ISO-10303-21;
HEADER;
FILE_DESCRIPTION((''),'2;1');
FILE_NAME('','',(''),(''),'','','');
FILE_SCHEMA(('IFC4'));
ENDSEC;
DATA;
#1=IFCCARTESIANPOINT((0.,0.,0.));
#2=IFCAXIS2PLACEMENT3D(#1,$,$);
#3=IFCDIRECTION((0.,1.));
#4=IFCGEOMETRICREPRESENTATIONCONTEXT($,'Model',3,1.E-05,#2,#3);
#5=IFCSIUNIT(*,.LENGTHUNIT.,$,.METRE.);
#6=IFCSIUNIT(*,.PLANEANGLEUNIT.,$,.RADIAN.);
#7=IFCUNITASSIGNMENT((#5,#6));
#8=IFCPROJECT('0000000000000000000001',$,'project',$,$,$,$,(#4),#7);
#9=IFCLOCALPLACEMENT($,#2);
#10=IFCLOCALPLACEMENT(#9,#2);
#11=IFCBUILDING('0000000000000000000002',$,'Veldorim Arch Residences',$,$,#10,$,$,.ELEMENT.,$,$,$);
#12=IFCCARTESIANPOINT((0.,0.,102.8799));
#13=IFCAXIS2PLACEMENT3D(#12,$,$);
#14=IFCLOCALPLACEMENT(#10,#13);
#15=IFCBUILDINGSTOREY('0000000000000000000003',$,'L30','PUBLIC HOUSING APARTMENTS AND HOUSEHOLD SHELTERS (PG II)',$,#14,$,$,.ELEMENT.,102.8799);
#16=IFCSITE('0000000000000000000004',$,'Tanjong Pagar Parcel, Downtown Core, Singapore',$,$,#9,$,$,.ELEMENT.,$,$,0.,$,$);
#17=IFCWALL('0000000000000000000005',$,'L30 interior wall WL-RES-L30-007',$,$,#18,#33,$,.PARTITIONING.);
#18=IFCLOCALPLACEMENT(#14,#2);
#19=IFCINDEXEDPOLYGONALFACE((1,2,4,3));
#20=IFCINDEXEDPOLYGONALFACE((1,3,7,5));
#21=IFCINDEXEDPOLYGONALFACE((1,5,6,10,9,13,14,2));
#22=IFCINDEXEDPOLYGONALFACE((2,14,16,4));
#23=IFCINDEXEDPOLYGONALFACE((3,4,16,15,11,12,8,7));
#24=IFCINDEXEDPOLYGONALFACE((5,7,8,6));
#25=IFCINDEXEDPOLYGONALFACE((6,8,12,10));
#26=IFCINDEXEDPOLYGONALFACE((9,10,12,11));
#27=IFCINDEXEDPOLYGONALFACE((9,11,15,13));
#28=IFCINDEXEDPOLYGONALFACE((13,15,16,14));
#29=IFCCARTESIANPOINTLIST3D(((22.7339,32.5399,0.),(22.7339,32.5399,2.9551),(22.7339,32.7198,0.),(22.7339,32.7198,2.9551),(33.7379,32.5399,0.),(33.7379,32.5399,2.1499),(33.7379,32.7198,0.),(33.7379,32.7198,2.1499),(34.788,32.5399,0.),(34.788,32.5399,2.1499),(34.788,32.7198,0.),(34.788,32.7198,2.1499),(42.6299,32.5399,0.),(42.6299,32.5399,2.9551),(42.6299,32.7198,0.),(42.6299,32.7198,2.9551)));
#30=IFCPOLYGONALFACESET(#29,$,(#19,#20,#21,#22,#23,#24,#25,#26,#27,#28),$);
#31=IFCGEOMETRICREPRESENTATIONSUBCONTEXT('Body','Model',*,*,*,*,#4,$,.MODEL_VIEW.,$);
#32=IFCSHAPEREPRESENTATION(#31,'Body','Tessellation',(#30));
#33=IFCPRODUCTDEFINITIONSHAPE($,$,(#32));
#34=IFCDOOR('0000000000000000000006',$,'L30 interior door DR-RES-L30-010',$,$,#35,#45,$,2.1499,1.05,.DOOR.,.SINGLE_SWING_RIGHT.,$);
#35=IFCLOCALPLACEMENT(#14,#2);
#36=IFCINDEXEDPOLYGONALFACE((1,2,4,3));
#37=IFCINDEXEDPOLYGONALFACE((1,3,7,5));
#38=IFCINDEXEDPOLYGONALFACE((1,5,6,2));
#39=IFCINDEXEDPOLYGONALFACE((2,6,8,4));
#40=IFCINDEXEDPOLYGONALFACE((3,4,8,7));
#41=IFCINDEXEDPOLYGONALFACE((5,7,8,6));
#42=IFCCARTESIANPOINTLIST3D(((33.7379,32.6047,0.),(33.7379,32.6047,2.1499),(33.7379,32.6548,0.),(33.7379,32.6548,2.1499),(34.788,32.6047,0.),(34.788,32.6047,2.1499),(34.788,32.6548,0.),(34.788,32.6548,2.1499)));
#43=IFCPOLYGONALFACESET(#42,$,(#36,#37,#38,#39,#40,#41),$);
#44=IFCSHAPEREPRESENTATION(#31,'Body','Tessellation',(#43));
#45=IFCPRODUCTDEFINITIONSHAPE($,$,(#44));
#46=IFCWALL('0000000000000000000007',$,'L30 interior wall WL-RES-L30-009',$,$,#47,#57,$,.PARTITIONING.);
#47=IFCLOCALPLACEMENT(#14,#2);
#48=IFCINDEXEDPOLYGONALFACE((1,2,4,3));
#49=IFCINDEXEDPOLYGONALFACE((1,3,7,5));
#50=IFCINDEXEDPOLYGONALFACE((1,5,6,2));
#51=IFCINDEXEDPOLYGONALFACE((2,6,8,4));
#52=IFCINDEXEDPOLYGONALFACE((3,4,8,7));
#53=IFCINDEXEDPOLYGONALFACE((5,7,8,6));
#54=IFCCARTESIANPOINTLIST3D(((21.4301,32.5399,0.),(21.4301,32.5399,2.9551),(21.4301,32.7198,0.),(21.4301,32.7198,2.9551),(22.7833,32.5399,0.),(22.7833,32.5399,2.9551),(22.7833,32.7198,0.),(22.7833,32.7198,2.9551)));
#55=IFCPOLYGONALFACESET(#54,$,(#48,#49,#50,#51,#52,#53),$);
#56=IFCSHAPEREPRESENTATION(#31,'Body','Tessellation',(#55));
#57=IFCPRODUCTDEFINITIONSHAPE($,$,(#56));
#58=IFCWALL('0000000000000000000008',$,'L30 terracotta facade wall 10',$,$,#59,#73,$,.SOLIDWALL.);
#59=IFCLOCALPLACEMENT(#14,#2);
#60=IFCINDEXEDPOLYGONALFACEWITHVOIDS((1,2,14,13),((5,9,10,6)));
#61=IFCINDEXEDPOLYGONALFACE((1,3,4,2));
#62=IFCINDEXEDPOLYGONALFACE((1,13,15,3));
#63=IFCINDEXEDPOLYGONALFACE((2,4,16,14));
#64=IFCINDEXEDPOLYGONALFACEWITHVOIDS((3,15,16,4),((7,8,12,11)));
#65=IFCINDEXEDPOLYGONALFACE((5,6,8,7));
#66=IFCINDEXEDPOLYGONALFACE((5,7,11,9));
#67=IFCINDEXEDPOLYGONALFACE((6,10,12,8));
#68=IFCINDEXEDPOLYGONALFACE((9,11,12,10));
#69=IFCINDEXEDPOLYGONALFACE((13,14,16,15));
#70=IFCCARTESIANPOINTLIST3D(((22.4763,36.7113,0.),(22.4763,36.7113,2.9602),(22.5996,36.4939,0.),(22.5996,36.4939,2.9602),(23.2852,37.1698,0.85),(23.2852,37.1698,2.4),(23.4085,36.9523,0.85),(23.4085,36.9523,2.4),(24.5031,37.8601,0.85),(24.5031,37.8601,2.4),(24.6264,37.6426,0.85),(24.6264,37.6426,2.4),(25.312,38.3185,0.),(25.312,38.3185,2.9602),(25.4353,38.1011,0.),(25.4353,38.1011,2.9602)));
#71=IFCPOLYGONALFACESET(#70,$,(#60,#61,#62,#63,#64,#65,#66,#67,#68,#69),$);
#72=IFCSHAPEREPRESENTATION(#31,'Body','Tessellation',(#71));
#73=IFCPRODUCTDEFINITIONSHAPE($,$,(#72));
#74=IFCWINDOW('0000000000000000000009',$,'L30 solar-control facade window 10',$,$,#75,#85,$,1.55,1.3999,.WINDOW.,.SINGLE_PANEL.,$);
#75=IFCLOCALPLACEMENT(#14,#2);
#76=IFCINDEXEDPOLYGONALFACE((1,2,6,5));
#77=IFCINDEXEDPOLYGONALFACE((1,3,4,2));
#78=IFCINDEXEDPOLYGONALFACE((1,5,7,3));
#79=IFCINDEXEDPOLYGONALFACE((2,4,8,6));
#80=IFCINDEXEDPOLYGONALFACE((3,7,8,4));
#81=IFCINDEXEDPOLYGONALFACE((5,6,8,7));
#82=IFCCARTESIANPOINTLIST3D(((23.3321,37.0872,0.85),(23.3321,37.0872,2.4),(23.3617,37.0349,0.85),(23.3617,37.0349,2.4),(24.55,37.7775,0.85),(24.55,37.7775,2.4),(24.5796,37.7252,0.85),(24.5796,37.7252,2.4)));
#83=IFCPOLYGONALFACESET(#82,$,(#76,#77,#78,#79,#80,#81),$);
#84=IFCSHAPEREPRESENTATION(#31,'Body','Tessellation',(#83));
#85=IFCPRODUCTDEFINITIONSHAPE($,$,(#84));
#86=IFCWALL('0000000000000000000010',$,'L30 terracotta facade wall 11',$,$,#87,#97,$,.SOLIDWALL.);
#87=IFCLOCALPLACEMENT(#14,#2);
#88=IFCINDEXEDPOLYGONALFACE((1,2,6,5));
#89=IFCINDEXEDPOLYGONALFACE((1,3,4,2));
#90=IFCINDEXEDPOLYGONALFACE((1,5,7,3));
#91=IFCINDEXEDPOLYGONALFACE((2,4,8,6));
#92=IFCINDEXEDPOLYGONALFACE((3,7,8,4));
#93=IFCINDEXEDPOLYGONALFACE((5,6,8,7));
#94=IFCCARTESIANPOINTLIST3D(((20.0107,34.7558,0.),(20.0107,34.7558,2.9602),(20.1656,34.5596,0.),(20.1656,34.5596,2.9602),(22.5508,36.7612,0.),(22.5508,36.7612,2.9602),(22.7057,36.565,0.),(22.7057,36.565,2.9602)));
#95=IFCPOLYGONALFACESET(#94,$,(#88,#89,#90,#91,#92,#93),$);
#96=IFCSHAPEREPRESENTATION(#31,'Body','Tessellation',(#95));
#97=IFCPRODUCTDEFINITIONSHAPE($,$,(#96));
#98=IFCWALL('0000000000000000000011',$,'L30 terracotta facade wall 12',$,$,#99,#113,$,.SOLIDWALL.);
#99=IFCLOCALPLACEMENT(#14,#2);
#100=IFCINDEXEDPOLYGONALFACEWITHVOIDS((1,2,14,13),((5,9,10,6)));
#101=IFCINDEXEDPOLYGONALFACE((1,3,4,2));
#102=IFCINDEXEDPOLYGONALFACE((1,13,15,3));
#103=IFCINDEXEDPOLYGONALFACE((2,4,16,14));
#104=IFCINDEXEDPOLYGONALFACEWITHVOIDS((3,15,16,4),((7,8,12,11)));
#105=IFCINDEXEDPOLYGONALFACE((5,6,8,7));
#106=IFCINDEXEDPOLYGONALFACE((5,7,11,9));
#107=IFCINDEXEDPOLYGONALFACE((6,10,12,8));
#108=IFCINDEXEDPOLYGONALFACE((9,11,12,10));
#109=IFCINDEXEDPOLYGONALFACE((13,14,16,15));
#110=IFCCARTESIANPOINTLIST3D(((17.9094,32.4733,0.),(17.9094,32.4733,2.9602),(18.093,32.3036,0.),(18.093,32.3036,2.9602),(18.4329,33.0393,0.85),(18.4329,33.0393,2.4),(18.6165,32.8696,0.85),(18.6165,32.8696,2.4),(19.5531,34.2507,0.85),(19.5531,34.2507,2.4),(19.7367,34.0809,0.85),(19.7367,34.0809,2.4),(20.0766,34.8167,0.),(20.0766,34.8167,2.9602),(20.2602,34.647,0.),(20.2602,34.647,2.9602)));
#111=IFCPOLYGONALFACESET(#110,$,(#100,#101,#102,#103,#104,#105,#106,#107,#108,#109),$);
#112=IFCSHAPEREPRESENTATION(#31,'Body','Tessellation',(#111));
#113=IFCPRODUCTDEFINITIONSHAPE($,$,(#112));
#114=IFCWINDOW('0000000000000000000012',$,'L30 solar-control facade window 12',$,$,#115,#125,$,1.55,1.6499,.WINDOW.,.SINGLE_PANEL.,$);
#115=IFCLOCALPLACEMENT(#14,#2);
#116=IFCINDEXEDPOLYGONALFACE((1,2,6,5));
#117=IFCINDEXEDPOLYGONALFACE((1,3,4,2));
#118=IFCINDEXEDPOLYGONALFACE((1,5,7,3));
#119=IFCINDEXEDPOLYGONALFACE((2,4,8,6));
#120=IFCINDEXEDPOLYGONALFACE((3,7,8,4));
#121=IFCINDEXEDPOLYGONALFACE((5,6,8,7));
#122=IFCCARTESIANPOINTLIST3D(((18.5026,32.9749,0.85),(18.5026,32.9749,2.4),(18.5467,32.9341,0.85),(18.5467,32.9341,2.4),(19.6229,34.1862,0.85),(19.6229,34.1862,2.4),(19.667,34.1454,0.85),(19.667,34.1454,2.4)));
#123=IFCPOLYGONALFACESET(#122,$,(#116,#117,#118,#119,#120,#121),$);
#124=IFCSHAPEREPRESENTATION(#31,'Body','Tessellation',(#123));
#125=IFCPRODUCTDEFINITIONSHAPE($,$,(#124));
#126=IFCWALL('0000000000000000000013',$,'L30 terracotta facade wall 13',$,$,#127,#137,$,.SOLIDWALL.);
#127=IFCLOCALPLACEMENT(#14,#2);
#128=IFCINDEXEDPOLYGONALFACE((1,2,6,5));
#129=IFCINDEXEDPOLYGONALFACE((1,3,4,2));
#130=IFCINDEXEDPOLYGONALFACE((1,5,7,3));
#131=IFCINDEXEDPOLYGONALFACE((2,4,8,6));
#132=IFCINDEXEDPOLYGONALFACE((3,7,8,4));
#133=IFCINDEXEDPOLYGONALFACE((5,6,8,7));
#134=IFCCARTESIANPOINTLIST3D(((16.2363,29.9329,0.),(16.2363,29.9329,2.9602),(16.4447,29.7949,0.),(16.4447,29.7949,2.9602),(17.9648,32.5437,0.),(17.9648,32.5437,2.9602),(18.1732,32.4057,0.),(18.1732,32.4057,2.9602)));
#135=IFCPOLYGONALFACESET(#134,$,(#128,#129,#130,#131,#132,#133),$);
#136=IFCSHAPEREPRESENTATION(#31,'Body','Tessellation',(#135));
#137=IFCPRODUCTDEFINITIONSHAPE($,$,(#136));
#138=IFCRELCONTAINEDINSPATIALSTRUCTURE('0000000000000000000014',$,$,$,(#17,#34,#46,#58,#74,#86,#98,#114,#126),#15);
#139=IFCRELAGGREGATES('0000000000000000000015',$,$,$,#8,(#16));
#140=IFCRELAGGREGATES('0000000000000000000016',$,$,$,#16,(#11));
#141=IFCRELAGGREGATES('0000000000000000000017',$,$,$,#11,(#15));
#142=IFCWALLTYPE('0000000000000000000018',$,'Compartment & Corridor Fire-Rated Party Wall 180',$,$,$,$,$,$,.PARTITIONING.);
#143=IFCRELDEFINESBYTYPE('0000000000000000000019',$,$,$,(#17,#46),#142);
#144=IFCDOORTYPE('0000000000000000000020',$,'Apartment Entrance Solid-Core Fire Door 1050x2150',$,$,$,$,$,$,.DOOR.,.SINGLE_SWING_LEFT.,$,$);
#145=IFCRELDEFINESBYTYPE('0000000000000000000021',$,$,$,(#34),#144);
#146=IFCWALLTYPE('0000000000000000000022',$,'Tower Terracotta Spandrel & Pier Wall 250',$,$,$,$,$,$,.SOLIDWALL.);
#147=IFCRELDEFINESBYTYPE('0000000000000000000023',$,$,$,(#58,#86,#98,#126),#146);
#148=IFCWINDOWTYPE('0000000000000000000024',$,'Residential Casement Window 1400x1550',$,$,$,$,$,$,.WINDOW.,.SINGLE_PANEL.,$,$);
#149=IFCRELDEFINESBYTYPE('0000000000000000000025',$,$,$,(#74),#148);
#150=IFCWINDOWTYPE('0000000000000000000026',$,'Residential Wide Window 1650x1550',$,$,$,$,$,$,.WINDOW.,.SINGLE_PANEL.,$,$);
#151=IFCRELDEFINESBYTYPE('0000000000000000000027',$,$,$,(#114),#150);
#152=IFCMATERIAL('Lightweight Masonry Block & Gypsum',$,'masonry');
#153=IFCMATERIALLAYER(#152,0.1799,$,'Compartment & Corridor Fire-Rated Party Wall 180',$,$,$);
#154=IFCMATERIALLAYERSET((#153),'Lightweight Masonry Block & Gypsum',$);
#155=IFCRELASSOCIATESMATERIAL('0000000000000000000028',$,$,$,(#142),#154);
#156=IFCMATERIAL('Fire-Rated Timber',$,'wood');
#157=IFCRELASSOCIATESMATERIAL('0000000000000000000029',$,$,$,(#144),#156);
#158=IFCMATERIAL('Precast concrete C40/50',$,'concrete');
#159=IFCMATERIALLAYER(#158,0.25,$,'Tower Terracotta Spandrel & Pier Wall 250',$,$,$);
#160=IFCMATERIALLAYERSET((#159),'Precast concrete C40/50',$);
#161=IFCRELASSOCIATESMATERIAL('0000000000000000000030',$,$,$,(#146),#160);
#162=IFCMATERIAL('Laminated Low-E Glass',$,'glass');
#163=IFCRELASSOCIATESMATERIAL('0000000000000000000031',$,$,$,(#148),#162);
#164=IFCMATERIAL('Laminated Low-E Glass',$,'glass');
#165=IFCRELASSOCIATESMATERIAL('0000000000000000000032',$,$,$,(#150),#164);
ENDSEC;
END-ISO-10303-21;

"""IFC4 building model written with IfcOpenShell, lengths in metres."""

from ifc_helpers import new_model, si_unit, direction, frame, frame_2d, origin, place, context, subcontext, project, spatial, rectangle, extrude, material, layer, layer_set, type_object, element, fill, save


model = new_model("IFC4")

# Units and contexts
model_context = context("Model", 3, precision=1e-05, world=origin(), true_north=direction((0.0, 1.0)))
body_context = subcontext(model_context, "Body", "Model", "MODEL_VIEW")
ifc_project = project(units=[si_unit("LENGTHUNIT", "METRE"), si_unit("PLANEANGLEUNIT", "RADIAN")], contexts=[model_context])

# Site, building, storey
site_placement = place(None, origin())
site = spatial("IfcSite", under=ifc_project, at=site_placement, Name="Tanjong Pagar Parcel, Downtown Core, Singapore", CompositionType="ELEMENT", RefElevation=0.0)
building_placement = place(site_placement, origin())
building = spatial("IfcBuilding", under=site, at=building_placement, Name="Veldorim Arch Residences", CompositionType="ELEMENT")
storey_placement = place(building_placement, frame((0.0, 0.0, 102.8799)))
storey = spatial("IfcBuildingStorey", under=building, at=storey_placement, Name="L30", Description="PUBLIC HOUSING APARTMENTS AND HOUSEHOLD SHELTERS (PG II)", CompositionType="ELEMENT", Elevation=102.8799)

# Shared definitions
ifc_material_1 = material(Name="Lightweight Masonry Block & Gypsum", Category="masonry")
ifc_layer_1 = layer(ifc_material_1, 0.1799, Name="Compartment & Corridor Fire-Rated Party Wall 180")
ifc_layer_set_1 = layer_set([ifc_layer_1], Name="Lightweight Masonry Block & Gypsum")
wall_type_1 = type_object("IfcWallType", Name="Compartment & Corridor Fire-Rated Party Wall 180", PredefinedType="PARTITIONING", material=ifc_layer_set_1)

# Wall, opening, door
wall_1_placement = place(storey_placement, frame((22.7339, 32.6299, 0.0), z_axis=(0.0, 0.0, 1.0), x_axis=(1.0, 0.0, 0.0)))
wall_1 = element("IfcWall", 1, at=wall_1_placement, inside=storey, type_object=wall_type_1, Name="L30 interior wall WL-RES-L30-007", PredefinedType="PARTITIONING", context=body_context, shape_type="SweptSolid", body=[
    extrude(rectangle(XDim=19.896, YDim=0.1799, at=frame_2d((9.948, 0.0))), origin(), (0.0, 0.0, 1.0), 2.9551),
])
opening_1_placement = place(wall_1_placement, frame((11.0042, 0.0, 0.0)))
opening_1 = element("IfcOpeningElement", 2, at=opening_1_placement, cuts=wall_1, PredefinedType="OPENING", context=body_context, shape_type="SweptSolid", body=[
    extrude(rectangle(XDim=1.05, YDim=2.1499, at=frame_2d((0.5249, 1.075))), frame((0.0, 0.0999, 0.0), z_axis=(0.0, -1.0, 0.0), x_axis=(1.0, 0.0, 0.0)), (0.0, 0.0, 1.0), 0.2),
])
ifc_material_2 = material(Name="Fire-Rated Timber", Category="wood")
door_type_1 = type_object("IfcDoorType", Name="Apartment Entrance Solid-Core Fire Door 1050x2150", OperationType="SINGLE_SWING_LEFT", PredefinedType="DOOR", material=ifc_material_2)
door_1_placement = place(opening_1_placement, origin())
door_1 = element("IfcDoor", 3, at=door_1_placement, inside=storey, type_object=door_type_1, Name="L30 interior door DR-RES-L30-010", OperationType="SINGLE_SWING_RIGHT", OverallHeight=2.1499, OverallWidth=1.05, PredefinedType="DOOR", context=body_context, shape_type="SweptSolid", body=[
    extrude(rectangle(XDim=1.05, YDim=2.1499, at=frame_2d((0.5249, 1.075))), frame((0.0, 0.0249, 0.0), z_axis=(0.0, -1.0, 0.0), x_axis=(1.0, 0.0, 0.0)), (0.0, 0.0, 1.0), 0.05),
])
fill(opening_1, door_1)

# Wall
wall_2_placement = place(storey_placement, frame((21.4299, 32.6299, 0.0), z_axis=(0.0, 0.0, 1.0), x_axis=(1.0, 0.0, 0.0)))
element("IfcWall", 4, at=wall_2_placement, inside=storey, type_object=wall_type_1, Name="L30 interior wall WL-RES-L30-009", PredefinedType="PARTITIONING", context=body_context, shape_type="SweptSolid", body=[
    extrude(rectangle(XDim=1.3533, YDim=0.1799, at=frame_2d((0.6768, 0.0))), origin(), (0.0, 0.0, 1.0), 2.9551),
])

# Wall, opening, window
ifc_material_3 = material(Name="Precast concrete C40/50", Category="concrete")
ifc_layer_2 = layer(ifc_material_3, 0.25, Name="Tower Terracotta Spandrel & Pier Wall 250")
ifc_layer_set_2 = layer_set([ifc_layer_2], Name="Precast concrete C40/50")
wall_type_2 = type_object("IfcWallType", Name="Tower Terracotta Spandrel & Pier Wall 250", PredefinedType="SOLIDWALL", material=ifc_layer_set_2)
wall_3_placement = place(storey_placement, frame((22.5378, 36.6025, 0.0), z_axis=(0.0, 0.0, 1.0), x_axis=(0.869985, 0.493079, 0.0)))
wall_3 = element("IfcWall", 5, at=wall_3_placement, inside=storey, type_object=wall_type_2, Name="L30 terracotta facade wall 10", PredefinedType="SOLIDWALL", context=body_context, shape_type="SweptSolid", body=[
    extrude(rectangle(XDim=3.2595, YDim=0.25, at=frame_2d((1.6299, 0.0))), origin(), (0.0, 0.0, 1.0), 2.9602),
])
opening_2_placement = place(wall_3_placement, frame((0.9299, 0.0, 0.8501)))
opening_2 = element("IfcOpeningElement", 6, at=opening_2_placement, cuts=wall_3, PredefinedType="OPENING", context=body_context, shape_type="SweptSolid", body=[
    extrude(rectangle(XDim=1.3999, YDim=1.55, at=frame_2d((0.7, 0.7749))), frame((0.0, 0.135, 0.0), z_axis=(0.0, -1.0, 0.0), x_axis=(1.0, 0.0, 0.0)), (0.0, 0.0, 1.0), 0.27),
])
ifc_material_4 = material(Name="Laminated Low-E Glass", Category="glass")
window_type_1 = type_object("IfcWindowType", Name="Residential Casement Window 1400x1550", PartitioningType="SINGLE_PANEL", PredefinedType="WINDOW", material=ifc_material_4)
window_1_placement = place(opening_2_placement, origin())
window_1 = element("IfcWindow", 7, at=window_1_placement, inside=storey, type_object=window_type_1, Name="L30 solar-control facade window 10", OverallHeight=1.55, OverallWidth=1.3999, PartitioningType="SINGLE_PANEL", PredefinedType="WINDOW", context=body_context, shape_type="SweptSolid", body=[
    extrude(rectangle(XDim=1.3999, YDim=1.55, at=frame_2d((0.7, 0.7749))), frame((0.0, 0.03, 0.0), z_axis=(0.0, -1.0, 0.0), x_axis=(1.0, 0.0, 0.0)), (0.0, 0.0, 1.0), 0.0601),
])
fill(opening_2, window_1)

# Wall
wall_4_placement = place(storey_placement, frame((20.0881, 34.6577, 0.0), z_axis=(0.0, 0.0, 1.0), x_axis=(0.784871, 0.619659, 0.0)))
element("IfcWall", 8, at=wall_4_placement, inside=storey, type_object=wall_type_2, Name="L30 terracotta facade wall 11", PredefinedType="SOLIDWALL", context=body_context, shape_type="SweptSolid", body=[
    extrude(rectangle(XDim=3.2363, YDim=0.25, at=frame_2d((1.6182, 0.0))), origin(), (0.0, 0.0, 1.0), 2.9602),
])

# Wall, opening, window
wall_5_placement = place(storey_placement, frame((18.0012, 32.3884, 0.0), z_axis=(0.0, 0.0, 1.0), x_axis=(0.678956, 0.734179, 0.0)))
wall_5 = element("IfcWall", 9, at=wall_5_placement, inside=storey, type_object=wall_type_2, Name="L30 terracotta facade wall 12", PredefinedType="SOLIDWALL", context=body_context, shape_type="SweptSolid", body=[
    extrude(rectangle(XDim=3.1919, YDim=0.25, at=frame_2d((1.5959, 0.0))), origin(), (0.0, 0.0, 1.0), 2.9602),
])
opening_3_placement = place(wall_5_placement, frame((0.771, 0.0, 0.8501)))
opening_3 = element("IfcOpeningElement", 10, at=opening_3_placement, cuts=wall_5, PredefinedType="OPENING", context=body_context, shape_type="SweptSolid", body=[
    extrude(rectangle(XDim=1.6499, YDim=1.55, at=frame_2d((0.825, 0.7749))), frame((0.0, 0.135, 0.0), z_axis=(0.0, -1.0, 0.0), x_axis=(1.0, 0.0, 0.0)), (0.0, 0.0, 1.0), 0.27),
])
ifc_material_5 = material(Name="Laminated Low-E Glass", Category="glass")
window_type_2 = type_object("IfcWindowType", Name="Residential Wide Window 1650x1550", PartitioningType="SINGLE_PANEL", PredefinedType="WINDOW", material=ifc_material_5)
window_2_placement = place(opening_3_placement, origin())
window_2 = element("IfcWindow", 11, at=window_2_placement, inside=storey, type_object=window_type_2, Name="L30 solar-control facade window 12", OverallHeight=1.55, OverallWidth=1.6499, PartitioningType="SINGLE_PANEL", PredefinedType="WINDOW", context=body_context, shape_type="SweptSolid", body=[
    extrude(rectangle(XDim=1.6499, YDim=1.55, at=frame_2d((0.825, 0.7749))), frame((0.0, 0.03, 0.0), z_axis=(0.0, -1.0, 0.0), x_axis=(1.0, 0.0, 0.0)), (0.0, 0.0, 1.0), 0.0601),
])
fill(opening_3, window_2)

# Wall
wall_6_placement = place(storey_placement, frame((16.3406, 29.864, 0.0), z_axis=(0.0, 0.0, 1.0), x_axis=(0.552034, 0.833821, 0.0)))
element("IfcWall", 12, at=wall_6_placement, inside=storey, type_object=wall_type_2, Name="L30 terracotta facade wall 13", PredefinedType="SOLIDWALL", context=body_context, shape_type="SweptSolid", body=[
    extrude(rectangle(XDim=3.1311, YDim=0.25, at=frame_2d((1.5654, 0.0))), origin(), (0.0, 0.0, 1.0), 2.9602),
])

save(model, "model.ifc")
